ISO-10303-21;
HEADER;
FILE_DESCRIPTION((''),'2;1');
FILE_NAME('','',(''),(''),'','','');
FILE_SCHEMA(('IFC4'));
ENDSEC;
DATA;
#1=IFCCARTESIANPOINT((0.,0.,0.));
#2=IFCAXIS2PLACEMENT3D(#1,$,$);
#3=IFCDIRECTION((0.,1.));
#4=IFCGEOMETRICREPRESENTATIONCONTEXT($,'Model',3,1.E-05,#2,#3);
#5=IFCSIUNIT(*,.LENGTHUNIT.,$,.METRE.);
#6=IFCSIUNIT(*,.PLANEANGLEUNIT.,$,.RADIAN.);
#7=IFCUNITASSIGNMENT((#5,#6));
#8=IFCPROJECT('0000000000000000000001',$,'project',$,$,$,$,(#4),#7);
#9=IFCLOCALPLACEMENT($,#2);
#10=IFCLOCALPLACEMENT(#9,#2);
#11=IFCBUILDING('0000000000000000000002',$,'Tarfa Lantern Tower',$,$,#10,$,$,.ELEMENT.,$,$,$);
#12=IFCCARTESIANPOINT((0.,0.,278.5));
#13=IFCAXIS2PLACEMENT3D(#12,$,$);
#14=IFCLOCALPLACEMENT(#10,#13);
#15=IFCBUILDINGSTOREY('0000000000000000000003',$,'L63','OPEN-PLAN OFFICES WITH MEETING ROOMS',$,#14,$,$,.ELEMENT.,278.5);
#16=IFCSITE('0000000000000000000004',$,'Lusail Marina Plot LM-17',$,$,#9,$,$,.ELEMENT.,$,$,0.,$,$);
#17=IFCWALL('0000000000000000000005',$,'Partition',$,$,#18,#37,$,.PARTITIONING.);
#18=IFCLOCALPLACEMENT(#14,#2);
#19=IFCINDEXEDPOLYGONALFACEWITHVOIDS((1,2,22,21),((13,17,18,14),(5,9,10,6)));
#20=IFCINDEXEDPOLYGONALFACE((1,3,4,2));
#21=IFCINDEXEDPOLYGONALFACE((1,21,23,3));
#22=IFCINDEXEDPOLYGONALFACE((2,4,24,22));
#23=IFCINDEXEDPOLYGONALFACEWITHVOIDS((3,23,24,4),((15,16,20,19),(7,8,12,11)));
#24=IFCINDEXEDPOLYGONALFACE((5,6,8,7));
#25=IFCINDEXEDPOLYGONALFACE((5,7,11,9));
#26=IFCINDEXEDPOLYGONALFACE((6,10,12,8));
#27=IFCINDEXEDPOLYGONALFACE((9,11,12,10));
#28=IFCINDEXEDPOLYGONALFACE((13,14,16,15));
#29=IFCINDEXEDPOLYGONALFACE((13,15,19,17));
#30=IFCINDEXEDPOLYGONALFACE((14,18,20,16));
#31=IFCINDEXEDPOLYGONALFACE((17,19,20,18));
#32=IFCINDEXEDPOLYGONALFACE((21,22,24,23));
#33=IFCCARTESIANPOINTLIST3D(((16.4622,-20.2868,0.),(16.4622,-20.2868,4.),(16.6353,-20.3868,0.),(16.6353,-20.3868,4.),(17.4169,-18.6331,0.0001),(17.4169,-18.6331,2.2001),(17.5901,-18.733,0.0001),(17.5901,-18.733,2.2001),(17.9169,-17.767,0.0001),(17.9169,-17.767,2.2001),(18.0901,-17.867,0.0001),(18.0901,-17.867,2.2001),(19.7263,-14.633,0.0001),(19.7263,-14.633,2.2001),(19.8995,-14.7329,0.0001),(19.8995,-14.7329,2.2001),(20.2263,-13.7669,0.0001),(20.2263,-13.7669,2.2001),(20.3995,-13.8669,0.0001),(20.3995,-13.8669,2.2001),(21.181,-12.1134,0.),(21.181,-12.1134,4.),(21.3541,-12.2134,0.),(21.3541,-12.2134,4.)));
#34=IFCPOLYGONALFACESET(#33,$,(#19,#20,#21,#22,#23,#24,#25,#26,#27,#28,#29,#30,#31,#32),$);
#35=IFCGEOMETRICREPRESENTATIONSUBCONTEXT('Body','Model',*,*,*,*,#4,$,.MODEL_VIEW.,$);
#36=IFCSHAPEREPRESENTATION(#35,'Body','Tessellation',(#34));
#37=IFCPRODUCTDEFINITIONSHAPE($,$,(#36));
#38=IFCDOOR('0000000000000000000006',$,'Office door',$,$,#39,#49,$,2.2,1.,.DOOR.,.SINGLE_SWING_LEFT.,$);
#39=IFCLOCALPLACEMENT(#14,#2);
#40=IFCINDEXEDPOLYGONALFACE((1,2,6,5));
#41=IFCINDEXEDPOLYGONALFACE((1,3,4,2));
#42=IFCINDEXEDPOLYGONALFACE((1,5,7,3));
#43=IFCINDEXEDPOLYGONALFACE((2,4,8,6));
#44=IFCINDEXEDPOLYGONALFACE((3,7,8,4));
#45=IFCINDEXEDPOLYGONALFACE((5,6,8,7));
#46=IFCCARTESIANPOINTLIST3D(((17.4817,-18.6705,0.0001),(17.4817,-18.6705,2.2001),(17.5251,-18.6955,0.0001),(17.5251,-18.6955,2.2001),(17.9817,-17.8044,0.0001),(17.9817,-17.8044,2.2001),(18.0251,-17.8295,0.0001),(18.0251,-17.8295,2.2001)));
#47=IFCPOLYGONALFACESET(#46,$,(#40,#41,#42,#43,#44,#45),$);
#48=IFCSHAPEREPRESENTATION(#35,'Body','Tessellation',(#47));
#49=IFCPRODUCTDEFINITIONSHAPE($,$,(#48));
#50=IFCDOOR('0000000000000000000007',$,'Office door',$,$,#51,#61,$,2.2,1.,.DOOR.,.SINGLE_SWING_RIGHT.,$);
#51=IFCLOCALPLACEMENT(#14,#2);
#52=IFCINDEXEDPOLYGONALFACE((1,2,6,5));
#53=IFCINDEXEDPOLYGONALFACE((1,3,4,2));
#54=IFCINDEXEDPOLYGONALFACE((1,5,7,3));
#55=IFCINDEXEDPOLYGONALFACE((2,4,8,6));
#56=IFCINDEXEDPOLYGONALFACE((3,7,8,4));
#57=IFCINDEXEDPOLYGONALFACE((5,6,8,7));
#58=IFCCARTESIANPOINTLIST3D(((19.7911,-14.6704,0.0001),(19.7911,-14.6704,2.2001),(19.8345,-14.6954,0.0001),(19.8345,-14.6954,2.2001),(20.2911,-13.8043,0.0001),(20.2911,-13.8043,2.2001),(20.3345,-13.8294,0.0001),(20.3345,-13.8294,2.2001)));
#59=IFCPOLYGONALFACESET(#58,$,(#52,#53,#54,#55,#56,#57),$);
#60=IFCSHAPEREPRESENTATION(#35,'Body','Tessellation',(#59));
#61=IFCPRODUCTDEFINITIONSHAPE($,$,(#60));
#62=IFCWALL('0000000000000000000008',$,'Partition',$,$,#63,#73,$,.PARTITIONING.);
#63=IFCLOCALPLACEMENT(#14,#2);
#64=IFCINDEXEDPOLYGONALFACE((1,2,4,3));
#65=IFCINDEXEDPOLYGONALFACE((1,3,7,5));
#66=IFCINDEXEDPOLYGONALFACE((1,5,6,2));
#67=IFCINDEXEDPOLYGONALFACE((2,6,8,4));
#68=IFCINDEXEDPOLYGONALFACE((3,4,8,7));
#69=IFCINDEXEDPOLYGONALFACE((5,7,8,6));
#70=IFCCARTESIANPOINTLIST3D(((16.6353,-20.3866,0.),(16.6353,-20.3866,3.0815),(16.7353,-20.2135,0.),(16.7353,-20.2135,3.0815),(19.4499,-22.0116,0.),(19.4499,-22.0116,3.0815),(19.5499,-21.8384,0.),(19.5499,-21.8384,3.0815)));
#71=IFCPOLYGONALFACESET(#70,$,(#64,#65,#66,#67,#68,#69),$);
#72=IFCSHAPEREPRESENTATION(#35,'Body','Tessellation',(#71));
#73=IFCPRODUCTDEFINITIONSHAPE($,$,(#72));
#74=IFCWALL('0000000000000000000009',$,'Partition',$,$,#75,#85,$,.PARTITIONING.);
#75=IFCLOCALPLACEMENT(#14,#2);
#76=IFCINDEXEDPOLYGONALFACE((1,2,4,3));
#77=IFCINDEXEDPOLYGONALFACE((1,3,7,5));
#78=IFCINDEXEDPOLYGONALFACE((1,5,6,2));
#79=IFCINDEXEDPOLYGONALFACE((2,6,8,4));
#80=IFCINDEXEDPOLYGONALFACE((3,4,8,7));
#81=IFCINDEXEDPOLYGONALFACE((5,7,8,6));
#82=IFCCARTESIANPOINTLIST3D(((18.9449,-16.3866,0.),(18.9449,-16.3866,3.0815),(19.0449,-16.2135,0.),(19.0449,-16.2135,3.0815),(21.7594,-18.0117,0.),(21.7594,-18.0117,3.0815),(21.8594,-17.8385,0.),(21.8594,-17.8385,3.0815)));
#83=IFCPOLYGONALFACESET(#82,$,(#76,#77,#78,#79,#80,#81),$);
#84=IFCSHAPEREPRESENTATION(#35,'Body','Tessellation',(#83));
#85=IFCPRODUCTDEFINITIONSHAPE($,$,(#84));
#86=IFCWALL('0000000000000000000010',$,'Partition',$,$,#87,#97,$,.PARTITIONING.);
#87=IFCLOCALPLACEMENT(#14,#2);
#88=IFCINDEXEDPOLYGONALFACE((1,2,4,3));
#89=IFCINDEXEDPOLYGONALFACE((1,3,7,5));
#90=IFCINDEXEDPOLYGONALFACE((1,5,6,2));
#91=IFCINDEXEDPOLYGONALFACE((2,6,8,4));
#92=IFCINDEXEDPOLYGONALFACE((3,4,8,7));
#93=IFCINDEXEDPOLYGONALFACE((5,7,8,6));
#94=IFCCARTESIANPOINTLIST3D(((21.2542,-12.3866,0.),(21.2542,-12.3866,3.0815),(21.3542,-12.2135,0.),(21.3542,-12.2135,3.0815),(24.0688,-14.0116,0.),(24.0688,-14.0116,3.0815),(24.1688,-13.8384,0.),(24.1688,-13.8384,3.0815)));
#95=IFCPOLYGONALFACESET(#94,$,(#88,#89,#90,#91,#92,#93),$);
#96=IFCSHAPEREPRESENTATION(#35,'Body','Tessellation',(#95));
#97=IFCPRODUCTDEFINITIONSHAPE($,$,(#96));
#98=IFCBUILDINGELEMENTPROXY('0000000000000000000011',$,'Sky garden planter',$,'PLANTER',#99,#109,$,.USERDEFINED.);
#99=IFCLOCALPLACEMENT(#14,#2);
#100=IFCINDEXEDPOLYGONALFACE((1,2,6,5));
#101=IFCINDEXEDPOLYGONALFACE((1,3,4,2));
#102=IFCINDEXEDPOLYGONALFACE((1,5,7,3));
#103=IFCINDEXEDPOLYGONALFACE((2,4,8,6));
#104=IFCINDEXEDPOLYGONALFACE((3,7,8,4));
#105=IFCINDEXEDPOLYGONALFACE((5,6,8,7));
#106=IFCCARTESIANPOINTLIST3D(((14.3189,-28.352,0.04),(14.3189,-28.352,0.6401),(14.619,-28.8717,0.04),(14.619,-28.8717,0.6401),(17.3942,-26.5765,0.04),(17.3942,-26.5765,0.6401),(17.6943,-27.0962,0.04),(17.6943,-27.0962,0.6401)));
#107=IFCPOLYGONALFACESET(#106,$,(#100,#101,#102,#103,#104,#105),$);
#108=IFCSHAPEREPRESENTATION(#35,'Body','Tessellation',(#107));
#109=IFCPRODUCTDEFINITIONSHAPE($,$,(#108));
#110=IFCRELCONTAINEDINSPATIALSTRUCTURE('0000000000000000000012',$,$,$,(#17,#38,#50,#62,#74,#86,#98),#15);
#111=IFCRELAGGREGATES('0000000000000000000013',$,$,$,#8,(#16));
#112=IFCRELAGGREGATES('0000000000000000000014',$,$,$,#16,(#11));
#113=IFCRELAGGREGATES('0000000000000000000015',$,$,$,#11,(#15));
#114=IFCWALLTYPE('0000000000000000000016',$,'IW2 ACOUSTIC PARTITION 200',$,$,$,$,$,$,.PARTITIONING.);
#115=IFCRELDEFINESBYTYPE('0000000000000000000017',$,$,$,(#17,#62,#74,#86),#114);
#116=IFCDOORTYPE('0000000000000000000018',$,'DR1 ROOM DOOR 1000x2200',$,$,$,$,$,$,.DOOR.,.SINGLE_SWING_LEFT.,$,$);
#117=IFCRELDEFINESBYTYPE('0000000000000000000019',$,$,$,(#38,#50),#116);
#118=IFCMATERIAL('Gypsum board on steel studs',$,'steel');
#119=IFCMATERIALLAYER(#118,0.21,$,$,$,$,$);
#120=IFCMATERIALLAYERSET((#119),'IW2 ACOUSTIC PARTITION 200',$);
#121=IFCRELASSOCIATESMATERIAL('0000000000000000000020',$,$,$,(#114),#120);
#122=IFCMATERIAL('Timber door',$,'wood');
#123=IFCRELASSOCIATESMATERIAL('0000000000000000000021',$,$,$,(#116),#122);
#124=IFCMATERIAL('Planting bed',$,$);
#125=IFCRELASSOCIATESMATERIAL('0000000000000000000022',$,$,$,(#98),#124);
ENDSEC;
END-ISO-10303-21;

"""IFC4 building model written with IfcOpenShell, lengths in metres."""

from ifc_helpers import new_model, si_unit, direction, frame, frame_2d, origin, origin_2d, place, context, subcontext, project, spatial, rectangle, extrude, material, layer, layer_set, type_object, element, fill, save


model = new_model("IFC4")

# Units and contexts
model_context = context("Model", 3, precision=1e-05, world=origin(), true_north=direction((0.0, 1.0)))
body_context = subcontext(model_context, "Body", "Model", "MODEL_VIEW")
ifc_project = project(units=[si_unit("LENGTHUNIT", "METRE"), si_unit("PLANEANGLEUNIT", "RADIAN")], contexts=[model_context])

# Site, building, storey
site_placement = place(None, origin())
site = spatial("IfcSite", under=ifc_project, at=site_placement, Name="Lusail Marina Plot LM-17", CompositionType="ELEMENT", RefElevation=0.0)
building_placement = place(site_placement, origin())
building = spatial("IfcBuilding", under=site, at=building_placement, Name="Tarfa Lantern Tower", CompositionType="ELEMENT")
storey_placement = place(building_placement, frame((0.0, 0.0, 278.5)))
storey = spatial("IfcBuildingStorey", under=building, at=storey_placement, Name="L63", Description="OPEN-PLAN OFFICES WITH MEETING ROOMS", CompositionType="ELEMENT", Elevation=278.5)

# Wall, openings, doors
ifc_material_1 = material(Name="Gypsum board on steel studs", Category="steel")
ifc_layer_1 = layer(ifc_material_1, 0.21)
ifc_layer_set_1 = layer_set([ifc_layer_1], Name="IW2 ACOUSTIC PARTITION 200")
wall_type_1 = type_object("IfcWallType", Name="IW2 ACOUSTIC PARTITION 200", PredefinedType="PARTITIONING", material=ifc_layer_set_1)
wall_1_placement = place(storey_placement, frame((16.5488, -20.3367, 0.0), z_axis=(0.0, 0.0, 1.0), x_axis=(0.49999, 0.866031, 0.0)))
wall_1 = element("IfcWall", 1, at=wall_1_placement, inside=storey, type_object=wall_type_1, Name="Partition", PredefinedType="PARTITIONING", context=body_context, shape_type="SweptSolid", body=[
    extrude(rectangle(XDim=9.4377, YDim=0.2, at=frame_2d((4.7188, 0.0))), origin(), (0.0, 0.0, 1.0), 4.0),
])
opening_1_placement = place(wall_1_placement, frame((1.9094, 0.0, 0.0)))
opening_1 = element("IfcOpeningElement", 2, at=opening_1_placement, cuts=wall_1, PredefinedType="OPENING", context=body_context, shape_type="SweptSolid", body=[
    extrude(rectangle(XDim=1.0, YDim=2.2, at=frame_2d((0.5, 1.1001))), frame((0.0, 0.1099, 0.0), z_axis=(0.0, -1.0, 0.0), x_axis=(1.0, 0.0, 0.0)), (0.0, 0.0, 1.0), 0.22),
])
opening_2_placement = place(wall_1_placement, frame((6.5283, 0.0, 0.0)))
opening_2 = element("IfcOpeningElement", 3, at=opening_2_placement, cuts=wall_1, PredefinedType="OPENING", context=body_context, shape_type="SweptSolid", body=[
    extrude(rectangle(XDim=1.0, YDim=2.2, at=frame_2d((0.5, 1.1001))), frame((0.0, 0.1099, 0.0), z_axis=(0.0, -1.0, 0.0), x_axis=(1.0, 0.0, 0.0)), (0.0, 0.0, 1.0), 0.22),
])
ifc_material_2 = material(Name="Timber door", Category="wood")
door_type_1 = type_object("IfcDoorType", Name="DR1 ROOM DOOR 1000x2200", OperationType="SINGLE_SWING_LEFT", PredefinedType="DOOR", material=ifc_material_2)
door_1_placement = place(opening_1_placement, frame((1.0, 0.0, 0.0), z_axis=(0.0, 0.0, 1.0), x_axis=(-1.0, 0.0, 0.0)))
door_1 = element("IfcDoor", 4, at=door_1_placement, inside=storey, type_object=door_type_1, Name="Office door", OperationType="SINGLE_SWING_LEFT", OverallHeight=2.2, OverallWidth=1.0, PredefinedType="DOOR", context=body_context, shape_type="SweptSolid", body=[
    extrude(rectangle(XDim=1.0, YDim=2.2, at=frame_2d((0.5, 1.1001))), frame((0.0, 0.0249, 0.0), z_axis=(0.0, -1.0, 0.0), x_axis=(1.0, 0.0, 0.0)), (0.0, 0.0, 1.0), 0.05),
])
fill(opening_1, door_1)
door_2_placement = place(opening_2_placement, frame((1.0, 0.0, 0.0), z_axis=(0.0, 0.0, 1.0), x_axis=(-1.0, 0.0, 0.0)))
door_2 = element("IfcDoor", 5, at=door_2_placement, inside=storey, type_object=door_type_1, Name="Office door", OperationType="SINGLE_SWING_RIGHT", OverallHeight=2.2, OverallWidth=1.0, PredefinedType="DOOR", context=body_context, shape_type="SweptSolid", body=[
    extrude(rectangle(XDim=1.0, YDim=2.2, at=frame_2d((0.5, 1.1001))), frame((0.0, 0.0249, 0.0), z_axis=(0.0, -1.0, 0.0), x_axis=(1.0, 0.0, 0.0)), (0.0, 0.0, 1.0), 0.05),
])
fill(opening_2, door_2)

# Walls
for number, where, z_axis, x_axis, name in (
    (6, (16.6853, -20.3, 0.0), (0.0, 0.0, 1.0), (0.866034, -0.499985, 0.0), "Partition"),
    (7, (18.9949, -16.3, 0.0), (0.0, 0.0, 1.0), (0.866015, -0.500017, 0.0), "Partition"),
    (8, (21.3042, -12.3, 0.0), (0.0, 0.0, 1.0), (0.866034, -0.499985, 0.0), "Partition"),
):
    element("IfcWall", number, at=place(storey_placement, frame(where, z_axis=z_axis, x_axis=x_axis)), inside=storey, type_object=wall_type_1, Name=name, PredefinedType="PARTITIONING", context=body_context, shape_type="SweptSolid", body=[
        extrude(rectangle(XDim=3.25, YDim=0.2, at=frame_2d((1.625, 0.0))), origin(), (0.0, 0.0, 1.0), 3.0815),
    ])

# Building element proxy
ifc_material_3 = material(Name="Planting bed")
proxy_placement = place(storey_placement, frame((16.0066, -27.7241, 0.04), z_axis=(0.0, 0.0, 1.0), x_axis=(0.866025, 0.5, 0.0)))
element("IfcBuildingElementProxy", 9, at=proxy_placement, inside=storey, material=ifc_material_3, Name="Sky garden planter", ObjectType="PLANTER", PredefinedType="USERDEFINED", context=body_context, shape_type="SweptSolid", body=[
    extrude(rectangle(XDim=3.551, YDim=0.6001, at=origin_2d()), origin(), (0.0, 0.0, 1.0), 0.6001),
])

save(model, "model.ifc")
